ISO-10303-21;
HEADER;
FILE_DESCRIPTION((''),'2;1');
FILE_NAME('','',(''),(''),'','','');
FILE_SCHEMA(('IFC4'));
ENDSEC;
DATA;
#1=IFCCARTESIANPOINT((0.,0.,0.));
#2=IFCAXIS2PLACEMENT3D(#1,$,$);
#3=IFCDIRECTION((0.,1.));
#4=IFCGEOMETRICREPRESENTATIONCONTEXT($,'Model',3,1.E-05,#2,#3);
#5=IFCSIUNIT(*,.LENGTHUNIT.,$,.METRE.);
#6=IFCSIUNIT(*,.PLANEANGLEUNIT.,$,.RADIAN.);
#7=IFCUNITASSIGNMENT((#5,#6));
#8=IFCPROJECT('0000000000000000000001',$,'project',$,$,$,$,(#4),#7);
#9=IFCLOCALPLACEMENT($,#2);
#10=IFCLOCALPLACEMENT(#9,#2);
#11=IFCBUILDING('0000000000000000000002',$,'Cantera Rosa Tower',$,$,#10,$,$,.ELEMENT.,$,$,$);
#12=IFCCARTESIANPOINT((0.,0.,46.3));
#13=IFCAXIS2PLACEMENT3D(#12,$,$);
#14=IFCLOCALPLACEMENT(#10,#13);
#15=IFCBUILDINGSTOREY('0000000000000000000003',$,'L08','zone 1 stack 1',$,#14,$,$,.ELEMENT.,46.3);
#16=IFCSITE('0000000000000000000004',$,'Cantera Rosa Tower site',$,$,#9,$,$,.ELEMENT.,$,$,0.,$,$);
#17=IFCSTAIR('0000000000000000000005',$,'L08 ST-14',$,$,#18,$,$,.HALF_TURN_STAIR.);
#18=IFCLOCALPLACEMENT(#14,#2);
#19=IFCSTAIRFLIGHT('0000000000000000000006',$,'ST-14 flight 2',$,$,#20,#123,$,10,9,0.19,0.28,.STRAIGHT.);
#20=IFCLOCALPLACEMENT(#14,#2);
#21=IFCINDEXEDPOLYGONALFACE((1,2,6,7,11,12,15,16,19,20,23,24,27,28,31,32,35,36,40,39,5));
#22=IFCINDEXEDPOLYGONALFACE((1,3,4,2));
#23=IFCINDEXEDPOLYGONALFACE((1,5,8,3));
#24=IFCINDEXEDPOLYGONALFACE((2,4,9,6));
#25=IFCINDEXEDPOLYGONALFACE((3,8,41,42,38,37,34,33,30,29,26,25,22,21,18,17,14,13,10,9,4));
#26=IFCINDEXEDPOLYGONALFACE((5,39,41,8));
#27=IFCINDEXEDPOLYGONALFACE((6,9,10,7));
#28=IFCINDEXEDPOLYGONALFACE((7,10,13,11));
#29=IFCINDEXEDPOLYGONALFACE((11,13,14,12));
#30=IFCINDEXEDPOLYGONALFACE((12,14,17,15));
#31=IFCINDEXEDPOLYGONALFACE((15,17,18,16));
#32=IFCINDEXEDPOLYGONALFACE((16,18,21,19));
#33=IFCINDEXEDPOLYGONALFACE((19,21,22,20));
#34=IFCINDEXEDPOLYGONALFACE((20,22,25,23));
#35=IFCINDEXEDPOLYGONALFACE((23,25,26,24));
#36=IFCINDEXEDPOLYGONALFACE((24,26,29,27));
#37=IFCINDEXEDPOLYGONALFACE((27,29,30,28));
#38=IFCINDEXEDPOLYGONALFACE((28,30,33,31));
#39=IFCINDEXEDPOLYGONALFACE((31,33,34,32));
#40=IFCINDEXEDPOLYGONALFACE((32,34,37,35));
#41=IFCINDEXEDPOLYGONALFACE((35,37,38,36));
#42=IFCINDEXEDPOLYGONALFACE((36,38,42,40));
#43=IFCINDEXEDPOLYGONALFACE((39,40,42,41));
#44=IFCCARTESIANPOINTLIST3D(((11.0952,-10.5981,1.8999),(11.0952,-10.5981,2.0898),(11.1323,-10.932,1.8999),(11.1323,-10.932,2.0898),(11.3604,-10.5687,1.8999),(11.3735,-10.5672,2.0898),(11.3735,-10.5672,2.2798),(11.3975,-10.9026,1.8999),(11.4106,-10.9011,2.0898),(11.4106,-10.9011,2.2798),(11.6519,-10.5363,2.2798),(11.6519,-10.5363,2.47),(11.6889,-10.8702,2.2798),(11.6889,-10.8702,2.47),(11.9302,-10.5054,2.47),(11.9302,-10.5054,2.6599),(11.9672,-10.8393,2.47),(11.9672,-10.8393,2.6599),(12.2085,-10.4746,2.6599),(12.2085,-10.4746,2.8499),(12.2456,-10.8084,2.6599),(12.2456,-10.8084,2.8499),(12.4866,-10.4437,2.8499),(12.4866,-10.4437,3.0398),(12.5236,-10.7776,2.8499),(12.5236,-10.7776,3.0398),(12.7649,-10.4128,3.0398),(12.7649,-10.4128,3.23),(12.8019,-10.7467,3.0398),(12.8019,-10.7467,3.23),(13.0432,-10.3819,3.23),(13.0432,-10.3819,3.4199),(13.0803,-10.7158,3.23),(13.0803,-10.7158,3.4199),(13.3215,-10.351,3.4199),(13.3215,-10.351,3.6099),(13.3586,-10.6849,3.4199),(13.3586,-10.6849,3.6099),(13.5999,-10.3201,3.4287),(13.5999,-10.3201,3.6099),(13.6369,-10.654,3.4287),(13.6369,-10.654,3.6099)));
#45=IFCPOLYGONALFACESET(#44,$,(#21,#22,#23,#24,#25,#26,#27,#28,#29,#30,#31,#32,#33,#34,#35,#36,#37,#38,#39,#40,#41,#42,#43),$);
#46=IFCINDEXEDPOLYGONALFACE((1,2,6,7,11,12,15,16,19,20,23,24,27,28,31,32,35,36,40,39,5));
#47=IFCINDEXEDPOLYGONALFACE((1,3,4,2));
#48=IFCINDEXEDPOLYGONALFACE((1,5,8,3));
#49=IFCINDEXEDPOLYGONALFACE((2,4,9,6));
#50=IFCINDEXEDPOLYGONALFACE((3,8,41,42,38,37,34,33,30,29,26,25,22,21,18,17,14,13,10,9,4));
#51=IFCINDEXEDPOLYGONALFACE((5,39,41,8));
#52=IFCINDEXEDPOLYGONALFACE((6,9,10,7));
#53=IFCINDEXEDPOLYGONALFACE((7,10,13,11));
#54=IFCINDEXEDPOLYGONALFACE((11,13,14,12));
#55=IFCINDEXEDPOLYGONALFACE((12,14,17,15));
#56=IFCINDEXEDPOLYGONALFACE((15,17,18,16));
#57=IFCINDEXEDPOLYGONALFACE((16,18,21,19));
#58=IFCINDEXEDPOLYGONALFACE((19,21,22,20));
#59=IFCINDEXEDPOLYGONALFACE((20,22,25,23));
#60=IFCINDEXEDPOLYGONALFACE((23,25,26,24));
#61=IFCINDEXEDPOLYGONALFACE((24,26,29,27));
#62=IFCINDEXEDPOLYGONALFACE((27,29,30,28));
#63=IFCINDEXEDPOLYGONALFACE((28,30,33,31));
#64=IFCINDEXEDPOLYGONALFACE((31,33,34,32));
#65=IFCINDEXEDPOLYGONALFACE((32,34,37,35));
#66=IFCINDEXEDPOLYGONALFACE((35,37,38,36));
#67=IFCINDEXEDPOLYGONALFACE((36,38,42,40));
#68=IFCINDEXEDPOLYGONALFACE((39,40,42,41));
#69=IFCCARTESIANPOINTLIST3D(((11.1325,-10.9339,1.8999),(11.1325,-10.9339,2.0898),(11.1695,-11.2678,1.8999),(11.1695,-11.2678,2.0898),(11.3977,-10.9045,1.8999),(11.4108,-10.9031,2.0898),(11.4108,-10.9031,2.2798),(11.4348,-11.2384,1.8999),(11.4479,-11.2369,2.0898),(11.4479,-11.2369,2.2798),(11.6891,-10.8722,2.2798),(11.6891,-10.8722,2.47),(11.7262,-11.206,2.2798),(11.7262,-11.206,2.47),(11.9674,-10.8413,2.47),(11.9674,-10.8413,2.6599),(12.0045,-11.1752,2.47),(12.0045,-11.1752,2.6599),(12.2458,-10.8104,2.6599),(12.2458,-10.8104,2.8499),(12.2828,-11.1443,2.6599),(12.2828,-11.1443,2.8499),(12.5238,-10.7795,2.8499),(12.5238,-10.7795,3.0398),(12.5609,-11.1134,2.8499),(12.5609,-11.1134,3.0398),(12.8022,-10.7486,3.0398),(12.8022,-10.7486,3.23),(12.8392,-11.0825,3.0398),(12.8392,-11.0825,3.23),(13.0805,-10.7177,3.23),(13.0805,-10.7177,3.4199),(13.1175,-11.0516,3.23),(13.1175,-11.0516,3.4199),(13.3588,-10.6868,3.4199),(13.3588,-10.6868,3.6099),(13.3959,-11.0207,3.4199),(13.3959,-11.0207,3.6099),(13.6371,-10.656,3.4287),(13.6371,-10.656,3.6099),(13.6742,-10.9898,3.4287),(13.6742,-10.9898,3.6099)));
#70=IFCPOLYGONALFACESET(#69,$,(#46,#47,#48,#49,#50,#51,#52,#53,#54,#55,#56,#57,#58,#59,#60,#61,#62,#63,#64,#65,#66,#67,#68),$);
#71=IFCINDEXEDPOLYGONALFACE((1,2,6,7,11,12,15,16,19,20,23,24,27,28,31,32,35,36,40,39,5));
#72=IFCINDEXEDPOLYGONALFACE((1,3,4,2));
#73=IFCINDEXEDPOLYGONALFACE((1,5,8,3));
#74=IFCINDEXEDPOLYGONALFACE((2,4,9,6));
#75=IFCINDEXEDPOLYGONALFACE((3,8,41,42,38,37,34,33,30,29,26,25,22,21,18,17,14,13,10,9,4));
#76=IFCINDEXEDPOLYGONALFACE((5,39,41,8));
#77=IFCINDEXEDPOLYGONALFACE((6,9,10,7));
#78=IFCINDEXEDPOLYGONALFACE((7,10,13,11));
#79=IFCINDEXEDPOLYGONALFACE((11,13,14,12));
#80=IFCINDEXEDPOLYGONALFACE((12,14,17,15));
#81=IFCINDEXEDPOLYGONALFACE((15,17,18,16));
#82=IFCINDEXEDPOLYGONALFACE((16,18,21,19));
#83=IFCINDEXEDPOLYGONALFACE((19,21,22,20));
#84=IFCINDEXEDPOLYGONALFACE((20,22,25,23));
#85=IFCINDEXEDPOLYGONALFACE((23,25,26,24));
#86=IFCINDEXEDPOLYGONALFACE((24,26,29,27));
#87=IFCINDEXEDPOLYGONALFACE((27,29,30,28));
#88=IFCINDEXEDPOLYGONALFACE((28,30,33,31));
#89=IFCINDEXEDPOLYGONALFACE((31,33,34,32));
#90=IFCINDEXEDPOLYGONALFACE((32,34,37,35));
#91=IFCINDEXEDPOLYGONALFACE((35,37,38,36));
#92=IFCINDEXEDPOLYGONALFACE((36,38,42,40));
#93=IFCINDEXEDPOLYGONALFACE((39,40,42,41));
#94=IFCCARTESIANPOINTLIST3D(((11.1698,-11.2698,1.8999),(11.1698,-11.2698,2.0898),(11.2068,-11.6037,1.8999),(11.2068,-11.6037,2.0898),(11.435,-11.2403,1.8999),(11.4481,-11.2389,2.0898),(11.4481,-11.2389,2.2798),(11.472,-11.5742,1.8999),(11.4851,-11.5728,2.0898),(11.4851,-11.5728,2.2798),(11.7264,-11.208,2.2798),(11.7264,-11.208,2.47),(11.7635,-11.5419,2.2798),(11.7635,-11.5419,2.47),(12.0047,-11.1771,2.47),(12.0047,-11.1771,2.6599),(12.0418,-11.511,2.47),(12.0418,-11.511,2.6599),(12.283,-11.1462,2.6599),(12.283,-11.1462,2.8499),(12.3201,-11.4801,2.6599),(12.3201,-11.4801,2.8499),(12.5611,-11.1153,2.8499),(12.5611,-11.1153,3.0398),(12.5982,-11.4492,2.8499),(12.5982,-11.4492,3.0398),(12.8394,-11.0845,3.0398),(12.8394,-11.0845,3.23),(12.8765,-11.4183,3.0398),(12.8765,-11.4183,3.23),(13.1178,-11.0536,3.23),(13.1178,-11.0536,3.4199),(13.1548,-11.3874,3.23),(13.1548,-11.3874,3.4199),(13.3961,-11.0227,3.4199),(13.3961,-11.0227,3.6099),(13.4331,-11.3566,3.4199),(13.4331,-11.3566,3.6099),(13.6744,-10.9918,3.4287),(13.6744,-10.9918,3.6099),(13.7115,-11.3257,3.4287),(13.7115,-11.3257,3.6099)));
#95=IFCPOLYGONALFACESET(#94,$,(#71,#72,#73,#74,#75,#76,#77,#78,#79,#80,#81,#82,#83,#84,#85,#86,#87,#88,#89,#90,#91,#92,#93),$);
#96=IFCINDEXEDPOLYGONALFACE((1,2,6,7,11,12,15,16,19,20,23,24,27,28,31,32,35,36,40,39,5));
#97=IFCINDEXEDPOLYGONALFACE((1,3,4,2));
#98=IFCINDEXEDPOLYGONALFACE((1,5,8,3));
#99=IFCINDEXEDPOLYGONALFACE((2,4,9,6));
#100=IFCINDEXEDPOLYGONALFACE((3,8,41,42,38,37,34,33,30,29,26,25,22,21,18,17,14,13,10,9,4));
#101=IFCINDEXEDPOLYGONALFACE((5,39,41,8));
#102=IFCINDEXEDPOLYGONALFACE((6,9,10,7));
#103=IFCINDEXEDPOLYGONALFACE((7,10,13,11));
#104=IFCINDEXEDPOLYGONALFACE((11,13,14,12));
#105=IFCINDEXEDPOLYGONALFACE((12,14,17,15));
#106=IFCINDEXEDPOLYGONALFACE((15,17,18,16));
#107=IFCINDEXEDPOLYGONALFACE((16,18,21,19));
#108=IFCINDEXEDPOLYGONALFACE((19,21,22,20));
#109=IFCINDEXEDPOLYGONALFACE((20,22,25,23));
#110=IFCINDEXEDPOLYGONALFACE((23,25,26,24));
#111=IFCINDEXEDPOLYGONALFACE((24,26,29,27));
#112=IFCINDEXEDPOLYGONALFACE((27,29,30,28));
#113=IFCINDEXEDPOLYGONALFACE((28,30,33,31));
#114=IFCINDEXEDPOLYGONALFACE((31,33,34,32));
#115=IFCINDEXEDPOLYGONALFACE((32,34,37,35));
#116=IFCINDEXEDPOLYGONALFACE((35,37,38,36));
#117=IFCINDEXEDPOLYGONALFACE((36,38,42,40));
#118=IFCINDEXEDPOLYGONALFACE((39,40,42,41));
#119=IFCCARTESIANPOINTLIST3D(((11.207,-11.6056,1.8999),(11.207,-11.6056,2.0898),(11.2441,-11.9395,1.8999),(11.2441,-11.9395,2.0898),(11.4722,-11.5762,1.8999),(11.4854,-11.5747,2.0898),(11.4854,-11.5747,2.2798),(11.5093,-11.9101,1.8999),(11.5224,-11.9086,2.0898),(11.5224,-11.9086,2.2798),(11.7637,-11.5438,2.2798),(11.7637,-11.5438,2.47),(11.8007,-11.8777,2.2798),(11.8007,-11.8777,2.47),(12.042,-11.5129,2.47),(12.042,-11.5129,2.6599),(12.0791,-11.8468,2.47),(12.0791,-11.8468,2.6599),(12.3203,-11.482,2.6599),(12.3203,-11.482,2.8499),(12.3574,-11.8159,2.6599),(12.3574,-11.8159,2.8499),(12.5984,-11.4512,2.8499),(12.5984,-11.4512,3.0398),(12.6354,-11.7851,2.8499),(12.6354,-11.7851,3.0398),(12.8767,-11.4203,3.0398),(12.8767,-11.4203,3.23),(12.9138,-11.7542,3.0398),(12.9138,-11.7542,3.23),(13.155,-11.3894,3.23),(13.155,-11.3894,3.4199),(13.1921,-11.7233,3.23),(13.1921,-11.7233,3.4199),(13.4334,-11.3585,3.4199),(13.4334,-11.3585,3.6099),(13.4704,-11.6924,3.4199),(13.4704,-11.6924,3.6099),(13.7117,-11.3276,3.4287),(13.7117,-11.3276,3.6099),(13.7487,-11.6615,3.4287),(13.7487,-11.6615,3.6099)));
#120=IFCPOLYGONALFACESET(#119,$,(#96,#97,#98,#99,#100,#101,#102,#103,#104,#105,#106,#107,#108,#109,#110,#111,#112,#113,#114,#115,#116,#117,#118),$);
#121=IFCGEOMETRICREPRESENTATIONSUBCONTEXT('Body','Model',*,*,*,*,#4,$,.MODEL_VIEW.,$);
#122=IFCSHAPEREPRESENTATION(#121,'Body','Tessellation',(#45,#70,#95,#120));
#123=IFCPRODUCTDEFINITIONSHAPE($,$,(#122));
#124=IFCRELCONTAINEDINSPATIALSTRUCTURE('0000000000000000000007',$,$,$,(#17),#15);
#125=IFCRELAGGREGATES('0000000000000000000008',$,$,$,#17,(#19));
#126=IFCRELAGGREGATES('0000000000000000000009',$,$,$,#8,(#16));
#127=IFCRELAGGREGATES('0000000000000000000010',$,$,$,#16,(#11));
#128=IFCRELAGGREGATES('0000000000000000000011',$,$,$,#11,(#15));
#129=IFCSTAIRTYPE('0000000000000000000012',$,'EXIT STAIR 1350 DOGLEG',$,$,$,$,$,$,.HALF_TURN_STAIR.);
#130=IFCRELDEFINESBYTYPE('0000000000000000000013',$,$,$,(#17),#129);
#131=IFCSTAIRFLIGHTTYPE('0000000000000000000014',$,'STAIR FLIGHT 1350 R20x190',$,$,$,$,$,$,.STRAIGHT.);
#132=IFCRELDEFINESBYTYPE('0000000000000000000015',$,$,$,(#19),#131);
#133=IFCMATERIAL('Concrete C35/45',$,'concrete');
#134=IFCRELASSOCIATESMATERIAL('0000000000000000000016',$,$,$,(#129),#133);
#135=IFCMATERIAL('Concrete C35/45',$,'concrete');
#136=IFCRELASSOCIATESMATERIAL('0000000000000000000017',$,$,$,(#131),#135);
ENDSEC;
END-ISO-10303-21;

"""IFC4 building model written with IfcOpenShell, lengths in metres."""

from ifc_helpers import new_model, si_unit, direction, frame, origin, place, context, subcontext, project, spatial, polyline, outline, extrude, material, type_object, element, aggregate, save


model = new_model("IFC4")

# Units and contexts
model_context = context("Model", 3, precision=1e-05, world=origin(), true_north=direction((0.0, 1.0)))
body_context = subcontext(model_context, "Body", "Model", "MODEL_VIEW")
ifc_project = project(units=[si_unit("LENGTHUNIT", "METRE"), si_unit("PLANEANGLEUNIT", "RADIAN")], contexts=[model_context])

# Site, building, storey
site_placement = place(None, origin())
site = spatial("IfcSite", under=ifc_project, at=site_placement, Name="Cantera Rosa Tower site", CompositionType="ELEMENT", RefElevation=0.0)
building_placement = place(site_placement, origin())
building = spatial("IfcBuilding", under=site, at=building_placement, Name="Cantera Rosa Tower", CompositionType="ELEMENT")
storey_placement = place(building_placement, frame((0.0, 0.0, 46.3)))
storey = spatial("IfcBuildingStorey", under=building, at=storey_placement, Name="L08", Description="zone 1 stack 1", CompositionType="ELEMENT", Elevation=46.3)

# Stair, stair flight
ifc_material_1 = material(Name="Concrete C35/45", Category="concrete")
stair_type = type_object("IfcStairType", Name="EXIT STAIR 1350 DOGLEG", PredefinedType="HALF_TURN_STAIR", material=ifc_material_1)
stair_placement = place(storey_placement, origin())
stair = element("IfcStair", 1, at=stair_placement, inside=storey, type_object=stair_type, Name="L08 ST-14", PredefinedType="HALF_TURN_STAIR")
ifc_material_2 = material(Name="Concrete C35/45", Category="concrete")
stair_flight_type = type_object("IfcStairFlightType", Name="STAIR FLIGHT 1350 R20x190", PredefinedType="STRAIGHT", material=ifc_material_2)
stair_flight_placement = place(storey_placement, frame((11.1697, -11.269, 1.8999), z_axis=(0.0, 0.0, 1.0), x_axis=(0.993897, 0.110313, 0.0)))
stair_flight = element("IfcStairFlight", 2, at=stair_flight_placement, type_object=stair_flight_type, Name="ST-14 flight 2", NumberOfRisers=10, NumberOfTreads=9, PredefinedType="STRAIGHT", RiserHeight=0.19, TreadLength=0.28, context=body_context, shape_type="SweptSolid", body=[
    extrude(outline(polyline([(0.0, 0.0), (0.0, 0.1899), (0.28, 0.1899), (0.28, 0.3799), (0.5601, 0.3799), (0.5601, 0.5701), (0.8401, 0.5701), (0.8401, 0.76), (1.1201, 0.76), (1.1201, 0.95), (1.3999, 0.95), (1.3999, 1.1399), (1.6799, 1.1399), (1.6799, 1.3301), (1.96, 1.3301), (1.96, 1.52), (2.24, 1.52), (2.24, 1.71), (2.52, 1.71), (2.52, 1.8999), (2.52, 1.5288), (0.2668, 0.0), (0.0, 0.0)])), frame((0.0, 0.675, 0.0), z_axis=(0.0, -1.0, 0.0), x_axis=(1.0, 0.0, 0.0)), (0.0, 0.0, 1.0), 0.3359),
    extrude(outline(polyline([(0.0, 0.0), (0.0, 0.1899), (0.28, 0.1899), (0.28, 0.3799), (0.5601, 0.3799), (0.5601, 0.5701), (0.8401, 0.5701), (0.8401, 0.76), (1.1201, 0.76), (1.1201, 0.95), (1.3999, 0.95), (1.3999, 1.1399), (1.6799, 1.1399), (1.6799, 1.3301), (1.96, 1.3301), (1.96, 1.52), (2.24, 1.52), (2.24, 1.71), (2.52, 1.71), (2.52, 1.8999), (2.52, 1.5288), (0.2668, 0.0), (0.0, 0.0)])), frame((0.0, 0.3372, 0.0), z_axis=(0.0, -1.0, 0.0), x_axis=(1.0, 0.0, 0.0)), (0.0, 0.0, 1.0), 0.3359),
    extrude(outline(polyline([(0.0, 0.0), (0.0, 0.1899), (0.28, 0.1899), (0.28, 0.3799), (0.5601, 0.3799), (0.5601, 0.5701), (0.8401, 0.5701), (0.8401, 0.76), (1.1201, 0.76), (1.1201, 0.95), (1.3999, 0.95), (1.3999, 1.1399), (1.6799, 1.1399), (1.6799, 1.3301), (1.96, 1.3301), (1.96, 1.52), (2.24, 1.52), (2.24, 1.71), (2.52, 1.71), (2.52, 1.8999), (2.52, 1.5288), (0.2668, 0.0), (0.0, 0.0)])), frame((0.0, -0.0007, 0.0), z_axis=(0.0, -1.0, 0.0), x_axis=(1.0, 0.0, 0.0)), (0.0, 0.0, 1.0), 0.3359),
    extrude(outline(polyline([(0.0, 0.0), (0.0, 0.1899), (0.28, 0.1899), (0.28, 0.3799), (0.5601, 0.3799), (0.5601, 0.5701), (0.8401, 0.5701), (0.8401, 0.76), (1.1201, 0.76), (1.1201, 0.95), (1.3999, 0.95), (1.3999, 1.1399), (1.6799, 1.1399), (1.6799, 1.3301), (1.96, 1.3301), (1.96, 1.52), (2.24, 1.52), (2.24, 1.71), (2.52, 1.71), (2.52, 1.8999), (2.52, 1.5288), (0.2668, 0.0), (0.0, 0.0)])), frame((0.0, -0.3386, 0.0), z_axis=(0.0, -1.0, 0.0), x_axis=(1.0, 0.0, 0.0)), (0.0, 0.0, 1.0), 0.3359),
])
aggregate(stair, [stair_flight])

save(model, "model.ifc")
